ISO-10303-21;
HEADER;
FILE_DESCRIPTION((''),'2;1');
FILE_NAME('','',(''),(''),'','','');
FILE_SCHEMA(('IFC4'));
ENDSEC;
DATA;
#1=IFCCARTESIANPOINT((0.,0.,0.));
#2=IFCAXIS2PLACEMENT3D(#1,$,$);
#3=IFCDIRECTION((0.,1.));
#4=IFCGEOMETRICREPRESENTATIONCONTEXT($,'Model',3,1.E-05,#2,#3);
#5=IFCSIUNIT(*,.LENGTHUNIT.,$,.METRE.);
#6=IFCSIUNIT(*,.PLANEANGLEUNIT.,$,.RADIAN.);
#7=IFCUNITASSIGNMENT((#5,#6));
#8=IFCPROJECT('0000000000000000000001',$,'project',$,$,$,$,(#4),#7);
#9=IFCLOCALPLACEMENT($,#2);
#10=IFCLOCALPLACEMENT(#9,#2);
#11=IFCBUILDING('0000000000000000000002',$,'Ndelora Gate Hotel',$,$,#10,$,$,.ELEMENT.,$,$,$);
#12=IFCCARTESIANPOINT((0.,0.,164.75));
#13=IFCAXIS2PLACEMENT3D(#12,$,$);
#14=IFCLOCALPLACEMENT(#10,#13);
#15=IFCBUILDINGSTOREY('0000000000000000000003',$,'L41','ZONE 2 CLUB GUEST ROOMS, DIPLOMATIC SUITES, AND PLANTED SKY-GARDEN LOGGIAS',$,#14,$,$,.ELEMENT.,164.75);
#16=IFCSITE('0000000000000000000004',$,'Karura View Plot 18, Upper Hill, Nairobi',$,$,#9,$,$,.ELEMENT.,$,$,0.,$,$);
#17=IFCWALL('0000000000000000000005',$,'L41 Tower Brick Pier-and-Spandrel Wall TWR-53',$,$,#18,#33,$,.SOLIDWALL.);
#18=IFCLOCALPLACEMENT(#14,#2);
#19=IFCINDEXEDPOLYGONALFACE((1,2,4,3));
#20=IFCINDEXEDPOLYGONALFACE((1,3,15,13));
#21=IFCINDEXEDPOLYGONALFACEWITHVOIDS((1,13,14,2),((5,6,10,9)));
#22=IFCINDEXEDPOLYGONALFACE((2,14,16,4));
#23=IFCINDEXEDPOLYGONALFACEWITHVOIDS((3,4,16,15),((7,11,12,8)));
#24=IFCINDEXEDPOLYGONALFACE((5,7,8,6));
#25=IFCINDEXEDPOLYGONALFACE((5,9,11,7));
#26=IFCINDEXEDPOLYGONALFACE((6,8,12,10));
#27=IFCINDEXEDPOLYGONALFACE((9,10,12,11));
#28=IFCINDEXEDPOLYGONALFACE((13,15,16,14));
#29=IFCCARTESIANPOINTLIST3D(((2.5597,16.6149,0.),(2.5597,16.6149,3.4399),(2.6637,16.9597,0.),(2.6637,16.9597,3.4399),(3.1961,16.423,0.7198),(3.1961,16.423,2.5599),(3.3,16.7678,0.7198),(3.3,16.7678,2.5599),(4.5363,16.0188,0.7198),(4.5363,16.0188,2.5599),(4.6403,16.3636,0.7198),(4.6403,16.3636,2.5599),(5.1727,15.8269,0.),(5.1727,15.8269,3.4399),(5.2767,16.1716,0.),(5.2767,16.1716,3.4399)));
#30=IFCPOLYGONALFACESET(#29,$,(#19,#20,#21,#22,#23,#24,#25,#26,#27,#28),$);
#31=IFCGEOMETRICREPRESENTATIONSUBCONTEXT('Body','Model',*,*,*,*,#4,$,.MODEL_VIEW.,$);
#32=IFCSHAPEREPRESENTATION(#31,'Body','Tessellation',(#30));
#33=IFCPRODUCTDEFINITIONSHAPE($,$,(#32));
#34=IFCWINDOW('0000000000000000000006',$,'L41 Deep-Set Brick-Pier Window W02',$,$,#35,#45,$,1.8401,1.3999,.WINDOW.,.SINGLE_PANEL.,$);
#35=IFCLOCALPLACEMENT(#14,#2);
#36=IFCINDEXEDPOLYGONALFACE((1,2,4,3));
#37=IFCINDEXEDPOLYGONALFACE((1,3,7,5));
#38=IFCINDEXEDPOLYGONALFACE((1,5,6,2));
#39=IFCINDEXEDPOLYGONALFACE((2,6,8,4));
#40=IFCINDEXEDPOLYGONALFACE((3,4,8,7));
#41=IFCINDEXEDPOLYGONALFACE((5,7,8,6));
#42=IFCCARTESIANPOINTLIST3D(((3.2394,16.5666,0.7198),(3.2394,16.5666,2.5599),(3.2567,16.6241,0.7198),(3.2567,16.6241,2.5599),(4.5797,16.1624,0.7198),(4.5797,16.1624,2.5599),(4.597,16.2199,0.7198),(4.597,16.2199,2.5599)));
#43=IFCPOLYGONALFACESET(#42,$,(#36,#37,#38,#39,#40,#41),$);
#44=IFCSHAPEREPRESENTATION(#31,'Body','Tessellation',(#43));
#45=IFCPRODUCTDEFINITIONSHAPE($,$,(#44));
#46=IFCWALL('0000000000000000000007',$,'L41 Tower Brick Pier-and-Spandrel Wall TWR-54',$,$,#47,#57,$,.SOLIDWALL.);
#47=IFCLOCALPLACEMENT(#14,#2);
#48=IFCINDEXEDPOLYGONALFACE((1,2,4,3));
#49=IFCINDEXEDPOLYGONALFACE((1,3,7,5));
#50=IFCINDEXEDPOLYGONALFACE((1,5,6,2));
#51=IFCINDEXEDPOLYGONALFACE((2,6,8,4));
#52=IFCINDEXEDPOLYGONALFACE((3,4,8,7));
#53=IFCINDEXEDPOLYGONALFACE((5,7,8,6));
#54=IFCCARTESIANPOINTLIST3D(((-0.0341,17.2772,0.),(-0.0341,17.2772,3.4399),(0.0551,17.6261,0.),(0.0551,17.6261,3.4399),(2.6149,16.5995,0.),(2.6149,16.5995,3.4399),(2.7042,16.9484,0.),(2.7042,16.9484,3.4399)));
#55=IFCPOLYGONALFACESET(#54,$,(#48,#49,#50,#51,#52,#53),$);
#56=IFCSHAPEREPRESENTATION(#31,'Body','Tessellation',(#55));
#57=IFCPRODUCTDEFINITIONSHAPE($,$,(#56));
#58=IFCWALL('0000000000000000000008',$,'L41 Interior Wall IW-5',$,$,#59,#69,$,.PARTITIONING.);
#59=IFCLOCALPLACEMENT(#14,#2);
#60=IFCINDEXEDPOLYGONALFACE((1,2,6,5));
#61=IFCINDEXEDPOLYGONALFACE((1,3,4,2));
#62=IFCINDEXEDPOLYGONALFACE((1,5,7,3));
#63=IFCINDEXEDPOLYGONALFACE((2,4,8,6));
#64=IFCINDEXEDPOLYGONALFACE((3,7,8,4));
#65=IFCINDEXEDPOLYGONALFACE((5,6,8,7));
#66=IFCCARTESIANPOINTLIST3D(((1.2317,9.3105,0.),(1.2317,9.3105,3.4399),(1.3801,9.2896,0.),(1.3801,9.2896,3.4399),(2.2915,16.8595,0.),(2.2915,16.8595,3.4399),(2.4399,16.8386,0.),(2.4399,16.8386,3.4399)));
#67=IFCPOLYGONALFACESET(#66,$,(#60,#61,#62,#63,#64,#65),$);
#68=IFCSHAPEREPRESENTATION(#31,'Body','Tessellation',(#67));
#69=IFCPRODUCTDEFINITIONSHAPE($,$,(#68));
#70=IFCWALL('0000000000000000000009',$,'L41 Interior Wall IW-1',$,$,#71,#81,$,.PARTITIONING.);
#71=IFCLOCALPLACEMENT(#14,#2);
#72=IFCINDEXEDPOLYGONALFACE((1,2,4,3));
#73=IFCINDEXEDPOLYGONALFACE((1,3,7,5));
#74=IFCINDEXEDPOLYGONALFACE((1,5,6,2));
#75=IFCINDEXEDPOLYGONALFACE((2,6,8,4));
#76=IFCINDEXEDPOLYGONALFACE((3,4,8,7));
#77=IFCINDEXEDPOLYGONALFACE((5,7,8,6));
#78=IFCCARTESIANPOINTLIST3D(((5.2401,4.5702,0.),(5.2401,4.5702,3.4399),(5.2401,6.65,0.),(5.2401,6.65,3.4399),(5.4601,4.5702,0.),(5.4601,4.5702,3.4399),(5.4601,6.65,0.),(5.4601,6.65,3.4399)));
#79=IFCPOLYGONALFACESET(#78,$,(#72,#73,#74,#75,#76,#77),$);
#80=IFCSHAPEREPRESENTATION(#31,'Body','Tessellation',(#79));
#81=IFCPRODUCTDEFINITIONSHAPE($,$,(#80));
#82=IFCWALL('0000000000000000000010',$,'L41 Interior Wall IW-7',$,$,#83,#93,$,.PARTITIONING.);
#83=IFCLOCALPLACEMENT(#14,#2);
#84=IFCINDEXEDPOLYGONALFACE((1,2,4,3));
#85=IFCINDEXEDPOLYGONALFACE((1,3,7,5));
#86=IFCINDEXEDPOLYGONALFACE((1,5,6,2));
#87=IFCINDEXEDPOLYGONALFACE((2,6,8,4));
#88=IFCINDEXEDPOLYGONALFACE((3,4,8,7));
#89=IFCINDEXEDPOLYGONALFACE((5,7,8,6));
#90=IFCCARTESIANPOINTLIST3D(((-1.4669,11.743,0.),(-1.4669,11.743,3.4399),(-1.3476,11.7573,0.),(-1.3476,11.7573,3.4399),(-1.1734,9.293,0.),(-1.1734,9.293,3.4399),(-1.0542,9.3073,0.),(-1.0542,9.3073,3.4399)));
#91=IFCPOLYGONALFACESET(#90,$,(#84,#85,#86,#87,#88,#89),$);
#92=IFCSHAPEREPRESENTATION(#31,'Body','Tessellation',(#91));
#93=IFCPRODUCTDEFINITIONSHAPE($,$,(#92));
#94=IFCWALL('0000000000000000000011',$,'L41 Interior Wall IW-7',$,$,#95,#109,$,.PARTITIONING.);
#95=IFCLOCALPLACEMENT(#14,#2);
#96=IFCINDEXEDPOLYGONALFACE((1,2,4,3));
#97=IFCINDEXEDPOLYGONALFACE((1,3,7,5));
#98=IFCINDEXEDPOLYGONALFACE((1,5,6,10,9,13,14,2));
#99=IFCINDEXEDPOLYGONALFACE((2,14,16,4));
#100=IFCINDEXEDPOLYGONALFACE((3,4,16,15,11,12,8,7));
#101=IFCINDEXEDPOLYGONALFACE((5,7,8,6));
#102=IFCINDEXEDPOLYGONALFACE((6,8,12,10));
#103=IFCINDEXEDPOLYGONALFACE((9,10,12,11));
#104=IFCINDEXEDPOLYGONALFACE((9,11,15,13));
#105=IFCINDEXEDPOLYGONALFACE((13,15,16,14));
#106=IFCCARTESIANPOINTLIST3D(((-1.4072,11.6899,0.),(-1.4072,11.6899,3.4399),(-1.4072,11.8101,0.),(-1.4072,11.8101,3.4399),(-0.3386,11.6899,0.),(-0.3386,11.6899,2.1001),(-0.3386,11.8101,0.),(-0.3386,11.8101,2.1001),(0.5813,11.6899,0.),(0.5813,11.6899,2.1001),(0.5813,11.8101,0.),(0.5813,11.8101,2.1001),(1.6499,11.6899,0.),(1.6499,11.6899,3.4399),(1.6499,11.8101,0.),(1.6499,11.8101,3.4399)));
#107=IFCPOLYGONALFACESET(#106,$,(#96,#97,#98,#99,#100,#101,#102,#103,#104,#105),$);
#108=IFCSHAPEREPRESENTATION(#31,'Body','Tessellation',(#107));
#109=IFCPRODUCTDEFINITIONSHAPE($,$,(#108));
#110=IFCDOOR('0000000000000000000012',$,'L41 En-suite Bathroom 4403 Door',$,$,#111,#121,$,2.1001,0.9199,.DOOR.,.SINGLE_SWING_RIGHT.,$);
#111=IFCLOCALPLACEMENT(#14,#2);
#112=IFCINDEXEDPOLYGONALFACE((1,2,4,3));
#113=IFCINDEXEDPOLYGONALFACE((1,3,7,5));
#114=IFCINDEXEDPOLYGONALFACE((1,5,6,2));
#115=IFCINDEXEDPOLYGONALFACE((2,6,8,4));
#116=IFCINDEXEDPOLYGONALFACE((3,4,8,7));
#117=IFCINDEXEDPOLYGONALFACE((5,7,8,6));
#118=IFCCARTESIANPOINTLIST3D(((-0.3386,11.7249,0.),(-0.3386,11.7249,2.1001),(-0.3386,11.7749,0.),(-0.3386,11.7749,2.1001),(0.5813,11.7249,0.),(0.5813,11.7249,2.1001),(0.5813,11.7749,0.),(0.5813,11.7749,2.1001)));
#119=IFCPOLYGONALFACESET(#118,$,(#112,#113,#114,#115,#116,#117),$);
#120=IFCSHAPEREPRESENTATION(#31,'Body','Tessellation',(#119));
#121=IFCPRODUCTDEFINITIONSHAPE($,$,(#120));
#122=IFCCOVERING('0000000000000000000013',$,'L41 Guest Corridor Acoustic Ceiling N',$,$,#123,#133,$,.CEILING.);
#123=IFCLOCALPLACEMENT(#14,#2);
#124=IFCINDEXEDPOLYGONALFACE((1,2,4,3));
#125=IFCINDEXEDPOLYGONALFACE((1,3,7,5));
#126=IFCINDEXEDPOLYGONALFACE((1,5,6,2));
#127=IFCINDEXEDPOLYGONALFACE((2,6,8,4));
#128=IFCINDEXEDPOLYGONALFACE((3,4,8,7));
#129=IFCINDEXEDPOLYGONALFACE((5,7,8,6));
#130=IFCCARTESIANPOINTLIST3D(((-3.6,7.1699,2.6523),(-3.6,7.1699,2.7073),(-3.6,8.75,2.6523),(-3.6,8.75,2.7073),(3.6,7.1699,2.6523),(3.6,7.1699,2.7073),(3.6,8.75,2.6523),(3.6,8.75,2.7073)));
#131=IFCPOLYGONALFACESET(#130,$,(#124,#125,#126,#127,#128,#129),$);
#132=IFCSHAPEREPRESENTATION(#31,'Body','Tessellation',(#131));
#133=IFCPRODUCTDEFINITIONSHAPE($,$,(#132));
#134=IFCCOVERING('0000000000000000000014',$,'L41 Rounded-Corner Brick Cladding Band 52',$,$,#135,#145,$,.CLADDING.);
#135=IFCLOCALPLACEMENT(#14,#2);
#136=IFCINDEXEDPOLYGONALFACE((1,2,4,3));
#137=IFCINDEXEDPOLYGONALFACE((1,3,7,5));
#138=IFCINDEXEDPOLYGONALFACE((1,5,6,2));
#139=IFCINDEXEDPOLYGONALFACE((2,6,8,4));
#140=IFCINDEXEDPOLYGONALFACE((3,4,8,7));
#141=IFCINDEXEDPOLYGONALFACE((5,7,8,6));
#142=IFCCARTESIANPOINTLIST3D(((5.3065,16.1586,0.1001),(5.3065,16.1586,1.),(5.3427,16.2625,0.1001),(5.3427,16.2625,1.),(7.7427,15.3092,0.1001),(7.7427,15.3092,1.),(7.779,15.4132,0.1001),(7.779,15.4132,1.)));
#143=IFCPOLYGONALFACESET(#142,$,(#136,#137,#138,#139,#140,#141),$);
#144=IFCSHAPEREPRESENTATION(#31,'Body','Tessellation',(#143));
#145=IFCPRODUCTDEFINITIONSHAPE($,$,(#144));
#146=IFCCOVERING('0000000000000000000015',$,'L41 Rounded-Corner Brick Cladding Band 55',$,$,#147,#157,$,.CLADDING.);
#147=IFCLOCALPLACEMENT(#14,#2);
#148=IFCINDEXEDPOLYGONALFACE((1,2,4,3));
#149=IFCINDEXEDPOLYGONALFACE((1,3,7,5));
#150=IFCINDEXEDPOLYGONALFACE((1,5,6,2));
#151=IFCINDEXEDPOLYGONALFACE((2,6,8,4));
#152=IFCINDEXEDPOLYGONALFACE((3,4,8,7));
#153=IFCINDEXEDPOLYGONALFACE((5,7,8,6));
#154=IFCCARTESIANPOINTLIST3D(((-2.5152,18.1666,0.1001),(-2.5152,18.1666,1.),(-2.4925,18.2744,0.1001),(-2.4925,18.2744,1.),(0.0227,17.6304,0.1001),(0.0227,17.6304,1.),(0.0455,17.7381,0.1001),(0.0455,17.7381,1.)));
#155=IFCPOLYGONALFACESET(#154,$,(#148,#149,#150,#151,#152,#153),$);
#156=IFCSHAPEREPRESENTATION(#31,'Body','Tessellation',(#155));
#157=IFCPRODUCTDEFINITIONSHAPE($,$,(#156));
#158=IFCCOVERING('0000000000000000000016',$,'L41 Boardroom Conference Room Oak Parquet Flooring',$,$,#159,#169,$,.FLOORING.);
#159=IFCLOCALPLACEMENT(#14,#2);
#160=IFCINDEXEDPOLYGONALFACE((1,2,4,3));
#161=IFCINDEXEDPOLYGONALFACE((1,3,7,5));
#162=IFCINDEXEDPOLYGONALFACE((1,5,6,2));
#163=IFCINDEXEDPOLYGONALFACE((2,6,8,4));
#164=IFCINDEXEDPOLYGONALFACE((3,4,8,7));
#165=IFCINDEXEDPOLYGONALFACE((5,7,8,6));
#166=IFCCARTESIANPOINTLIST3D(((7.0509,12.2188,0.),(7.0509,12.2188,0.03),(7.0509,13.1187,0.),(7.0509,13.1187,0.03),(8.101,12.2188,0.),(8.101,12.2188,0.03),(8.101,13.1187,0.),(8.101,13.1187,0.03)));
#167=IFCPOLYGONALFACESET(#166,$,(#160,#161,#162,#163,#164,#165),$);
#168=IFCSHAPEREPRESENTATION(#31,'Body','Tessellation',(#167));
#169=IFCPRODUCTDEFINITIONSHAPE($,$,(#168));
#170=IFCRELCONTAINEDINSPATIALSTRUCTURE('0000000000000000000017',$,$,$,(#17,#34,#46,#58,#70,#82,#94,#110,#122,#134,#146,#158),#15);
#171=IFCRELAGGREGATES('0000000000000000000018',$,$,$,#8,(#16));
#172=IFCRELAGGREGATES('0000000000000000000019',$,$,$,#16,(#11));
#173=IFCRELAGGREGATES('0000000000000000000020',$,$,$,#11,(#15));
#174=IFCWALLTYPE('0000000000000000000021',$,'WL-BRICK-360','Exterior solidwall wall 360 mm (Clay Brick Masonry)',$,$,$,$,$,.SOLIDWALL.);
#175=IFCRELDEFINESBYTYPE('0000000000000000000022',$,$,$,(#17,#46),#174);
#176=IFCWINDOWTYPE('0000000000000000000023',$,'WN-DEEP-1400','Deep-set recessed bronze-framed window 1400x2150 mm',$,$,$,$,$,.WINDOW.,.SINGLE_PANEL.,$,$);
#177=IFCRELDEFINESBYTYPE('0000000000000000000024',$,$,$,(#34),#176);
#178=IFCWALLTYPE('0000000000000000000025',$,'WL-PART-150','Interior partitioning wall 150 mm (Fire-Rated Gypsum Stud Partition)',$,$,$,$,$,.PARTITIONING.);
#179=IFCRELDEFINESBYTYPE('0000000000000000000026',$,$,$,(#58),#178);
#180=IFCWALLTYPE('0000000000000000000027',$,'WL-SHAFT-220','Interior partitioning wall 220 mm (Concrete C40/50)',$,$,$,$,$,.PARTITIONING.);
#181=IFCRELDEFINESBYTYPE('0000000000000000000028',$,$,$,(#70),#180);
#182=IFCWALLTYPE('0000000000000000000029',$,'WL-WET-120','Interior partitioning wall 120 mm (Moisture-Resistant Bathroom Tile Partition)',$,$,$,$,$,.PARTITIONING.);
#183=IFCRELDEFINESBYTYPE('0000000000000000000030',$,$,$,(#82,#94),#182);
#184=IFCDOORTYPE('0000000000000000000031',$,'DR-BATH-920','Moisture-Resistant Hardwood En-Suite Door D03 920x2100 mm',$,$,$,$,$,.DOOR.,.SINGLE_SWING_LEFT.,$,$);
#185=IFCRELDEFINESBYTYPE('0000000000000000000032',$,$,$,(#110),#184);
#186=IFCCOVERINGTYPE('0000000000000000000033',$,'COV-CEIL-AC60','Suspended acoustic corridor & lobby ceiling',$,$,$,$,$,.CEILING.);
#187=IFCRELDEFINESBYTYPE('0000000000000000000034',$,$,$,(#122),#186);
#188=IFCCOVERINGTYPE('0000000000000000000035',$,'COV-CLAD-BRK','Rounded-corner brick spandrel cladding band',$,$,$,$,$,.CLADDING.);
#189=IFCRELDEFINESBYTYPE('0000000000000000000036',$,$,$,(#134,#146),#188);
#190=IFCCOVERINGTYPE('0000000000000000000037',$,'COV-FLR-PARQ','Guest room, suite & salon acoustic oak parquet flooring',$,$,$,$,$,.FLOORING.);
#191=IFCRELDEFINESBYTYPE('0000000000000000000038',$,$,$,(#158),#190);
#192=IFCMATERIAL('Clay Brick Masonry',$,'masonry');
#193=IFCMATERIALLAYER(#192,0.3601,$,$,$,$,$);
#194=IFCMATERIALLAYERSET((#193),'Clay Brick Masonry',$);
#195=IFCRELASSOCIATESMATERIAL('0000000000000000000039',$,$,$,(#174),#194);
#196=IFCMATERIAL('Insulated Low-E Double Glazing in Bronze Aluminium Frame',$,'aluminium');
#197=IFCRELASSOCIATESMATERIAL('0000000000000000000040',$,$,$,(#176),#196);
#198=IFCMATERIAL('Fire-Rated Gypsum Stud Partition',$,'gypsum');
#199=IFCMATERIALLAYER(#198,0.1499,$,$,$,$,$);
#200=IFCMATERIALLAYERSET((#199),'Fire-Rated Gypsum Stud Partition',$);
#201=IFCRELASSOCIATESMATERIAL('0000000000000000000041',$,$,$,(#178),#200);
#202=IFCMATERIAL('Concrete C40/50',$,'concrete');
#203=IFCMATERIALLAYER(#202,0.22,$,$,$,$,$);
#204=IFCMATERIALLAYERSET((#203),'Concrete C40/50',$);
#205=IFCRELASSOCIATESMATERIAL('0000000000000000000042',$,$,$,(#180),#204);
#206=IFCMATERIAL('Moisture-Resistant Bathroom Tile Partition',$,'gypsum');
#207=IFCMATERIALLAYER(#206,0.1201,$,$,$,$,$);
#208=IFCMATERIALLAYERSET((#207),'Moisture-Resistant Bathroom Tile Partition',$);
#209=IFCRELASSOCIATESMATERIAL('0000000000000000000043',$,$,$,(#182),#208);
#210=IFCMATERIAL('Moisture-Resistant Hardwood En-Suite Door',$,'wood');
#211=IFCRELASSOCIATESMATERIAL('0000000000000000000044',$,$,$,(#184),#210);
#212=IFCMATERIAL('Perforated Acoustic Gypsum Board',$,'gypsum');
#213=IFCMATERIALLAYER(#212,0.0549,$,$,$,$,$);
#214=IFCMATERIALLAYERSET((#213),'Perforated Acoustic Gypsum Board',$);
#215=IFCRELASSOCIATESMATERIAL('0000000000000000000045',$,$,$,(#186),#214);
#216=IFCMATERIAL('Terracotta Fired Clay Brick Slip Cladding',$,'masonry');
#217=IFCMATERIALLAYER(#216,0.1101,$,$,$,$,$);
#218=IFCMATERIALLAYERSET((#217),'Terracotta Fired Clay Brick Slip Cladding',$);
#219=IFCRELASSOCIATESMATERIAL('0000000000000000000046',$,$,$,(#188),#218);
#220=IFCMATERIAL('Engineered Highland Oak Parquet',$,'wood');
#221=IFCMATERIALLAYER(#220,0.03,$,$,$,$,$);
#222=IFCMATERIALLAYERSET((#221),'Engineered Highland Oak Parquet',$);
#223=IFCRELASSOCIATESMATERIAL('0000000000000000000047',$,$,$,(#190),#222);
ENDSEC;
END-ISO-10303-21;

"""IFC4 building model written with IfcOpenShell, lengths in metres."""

from ifc_helpers import new_model, si_unit, direction, frame, frame_2d, origin, origin_2d, place, context, subcontext, project, spatial, rectangle, extrude, material, layer, layer_set, type_object, element, fill, save


model = new_model("IFC4")

# Units and contexts
model_context = context("Model", 3, precision=1e-05, world=origin(), true_north=direction((0.0, 1.0)))
body_context = subcontext(model_context, "Body", "Model", "MODEL_VIEW")
ifc_project = project(units=[si_unit("LENGTHUNIT", "METRE"), si_unit("PLANEANGLEUNIT", "RADIAN")], contexts=[model_context])

# Site, building, storey
site_placement = place(None, origin())
site = spatial("IfcSite", under=ifc_project, at=site_placement, Name="Karura View Plot 18, Upper Hill, Nairobi", CompositionType="ELEMENT", RefElevation=0.0)
building_placement = place(site_placement, origin())
building = spatial("IfcBuilding", under=site, at=building_placement, Name="Ndelora Gate Hotel", CompositionType="ELEMENT")
storey_placement = place(building_placement, frame((0.0, 0.0, 164.75)))
storey = spatial("IfcBuildingStorey", under=building, at=storey_placement, Name="L41", Description="ZONE 2 CLUB GUEST ROOMS, DIPLOMATIC SUITES, AND PLANTED SKY-GARDEN LOGGIAS", CompositionType="ELEMENT", Elevation=164.75)

# Shared definitions
ifc_material_1 = material(Name="Clay Brick Masonry", Category="masonry")
ifc_layer_1 = layer(ifc_material_1, 0.3601)
ifc_layer_set_1 = layer_set([ifc_layer_1], Name="Clay Brick Masonry")
wall_type_1 = type_object("IfcWallType", Name="WL-BRICK-360", Description="Exterior solidwall wall 360 mm (Clay Brick Masonry)", PredefinedType="SOLIDWALL", material=ifc_layer_set_1)

# Wall, opening, window
ifc_material_2 = material(Name="Insulated Low-E Double Glazing in Bronze Aluminium Frame", Category="aluminium")
window_type = type_object("IfcWindowType", Name="WN-DEEP-1400", Description="Deep-set recessed bronze-framed window 1400x2150 mm", PartitioningType="SINGLE_PANEL", PredefinedType="WINDOW", material=ifc_material_2)
wall_1_placement = place(storey_placement, frame((2.6116, 16.7874, 0.0), z_axis=(0.0, 0.0, 1.0), x_axis=(0.957404, -0.288751, 0.0)))
wall_1 = element("IfcWall", 1, at=wall_1_placement, inside=storey, type_object=wall_type_1, Name="L41 Tower Brick Pier-and-Spandrel Wall TWR-53", PredefinedType="SOLIDWALL", context=body_context, shape_type="SweptSolid", body=[
    extrude(rectangle(XDim=2.7292, YDim=0.3601, at=frame_2d((1.3647, 0.0))), origin(), (0.0, 0.0, 1.0), 3.4399),
])
opening_1_placement = place(wall_1_placement, frame((0.6648, 0.0, 0.72)))
opening_1 = element("IfcOpeningElement", 2, at=opening_1_placement, cuts=wall_1, PredefinedType="OPENING", context=body_context, shape_type="SweptSolid", body=[
    extrude(rectangle(XDim=1.3999, YDim=1.8401, at=frame_2d((0.7, 0.9199))), frame((0.0, 0.1899, 0.0), z_axis=(0.0, -1.0, 0.0), x_axis=(1.0, 0.0, 0.0)), (0.0, 0.0, 1.0), 0.3801),
])
window_1_placement = place(opening_1_placement, origin())
window_1 = element("IfcWindow", 3, at=window_1_placement, inside=storey, type_object=window_type, Name="L41 Deep-Set Brick-Pier Window W02", OverallHeight=1.8401, OverallWidth=1.3999, PartitioningType="SINGLE_PANEL", PredefinedType="WINDOW", context=body_context, shape_type="SweptSolid", body=[
    extrude(rectangle(XDim=1.3999, YDim=1.8401, at=frame_2d((0.7, 0.9199))), frame((0.0, 0.03, 0.0), z_axis=(0.0, -1.0, 0.0), x_axis=(1.0, 0.0, 0.0)), (0.0, 0.0, 1.0), 0.0601),
])
fill(opening_1, window_1)

# Walls
wall_2_placement = place(storey_placement, frame((0.0105, 17.4517, 0.0), z_axis=(0.0, 0.0, 1.0), x_axis=(0.968799, -0.247847, 0.0)))
element("IfcWall", 4, at=wall_2_placement, inside=storey, type_object=wall_type_1, Name="L41 Tower Brick Pier-and-Spandrel Wall TWR-54", PredefinedType="SOLIDWALL", context=body_context, shape_type="SweptSolid", body=[
    extrude(rectangle(XDim=2.7344, YDim=0.3601, at=frame_2d((1.3672, 0.0))), origin(), (0.0, 0.0, 1.0), 3.4399),
])
ifc_material_3 = material(Name="Fire-Rated Gypsum Stud Partition", Category="gypsum")
ifc_layer_2 = layer(ifc_material_3, 0.1499)
ifc_layer_set_2 = layer_set([ifc_layer_2], Name="Fire-Rated Gypsum Stud Partition")
wall_type_2 = type_object("IfcWallType", Name="WL-PART-150", Description="Interior partitioning wall 150 mm (Fire-Rated Gypsum Stud Partition)", PredefinedType="PARTITIONING", material=ifc_layer_set_2)
wall_3_placement = place(storey_placement, frame((1.3059, 9.3, 0.0), z_axis=(0.0, 0.0, 1.0), x_axis=(0.139027, 0.990289, 0.0)))
element("IfcWall", 5, at=wall_3_placement, inside=storey, type_object=wall_type_2, Name="L41 Interior Wall IW-5", PredefinedType="PARTITIONING", context=body_context, shape_type="SweptSolid", body=[
    extrude(rectangle(XDim=7.623, YDim=0.1499, at=frame_2d((3.8115, 0.0))), origin(), (0.0, 0.0, 1.0), 3.4399),
])
ifc_material_4 = material(Name="Concrete C40/50", Category="concrete")
ifc_layer_3 = layer(ifc_material_4, 0.22)
ifc_layer_set_3 = layer_set([ifc_layer_3], Name="Concrete C40/50")
wall_type_3 = type_object("IfcWallType", Name="WL-SHAFT-220", Description="Interior partitioning wall 220 mm (Concrete C40/50)", PredefinedType="PARTITIONING", material=ifc_layer_set_3)
wall_4_placement = place(storey_placement, frame((5.3501, 4.5701, 0.0), z_axis=(0.0, 0.0, 1.0), x_axis=(0.0, 1.0, 0.0)))
element("IfcWall", 6, at=wall_4_placement, inside=storey, type_object=wall_type_3, Name="L41 Interior Wall IW-1", PredefinedType="PARTITIONING", context=body_context, shape_type="SweptSolid", body=[
    extrude(rectangle(XDim=2.0798, YDim=0.22, at=frame_2d((1.04, 0.0))), origin(), (0.0, 0.0, 1.0), 3.4399),
])
ifc_material_5 = material(Name="Moisture-Resistant Bathroom Tile Partition", Category="gypsum")
ifc_layer_4 = layer(ifc_material_5, 0.1201)
ifc_layer_set_4 = layer_set([ifc_layer_4], Name="Moisture-Resistant Bathroom Tile Partition")
wall_type_4 = type_object("IfcWallType", Name="WL-WET-120", Description="Interior partitioning wall 120 mm (Moisture-Resistant Bathroom Tile Partition)", PredefinedType="PARTITIONING", material=ifc_layer_set_4)
wall_5_placement = place(storey_placement, frame((-1.1138, 9.3, 0.0), z_axis=(0.0, 0.0, 1.0), x_axis=(-0.118931, 0.992903, 0.0)))
element("IfcWall", 7, at=wall_5_placement, inside=storey, type_object=wall_type_4, Name="L41 Interior Wall IW-7", PredefinedType="PARTITIONING", context=body_context, shape_type="SweptSolid", body=[
    extrude(rectangle(XDim=2.4675, YDim=0.1201, at=frame_2d((1.2339, 0.0))), origin(), (0.0, 0.0, 1.0), 3.4399),
])

# Wall, opening, door
wall_6_placement = place(storey_placement, frame((-1.4072, 11.75, 0.0), z_axis=(0.0, 0.0, 1.0), x_axis=(1.0, 0.0, 0.0)))
wall_6 = element("IfcWall", 8, at=wall_6_placement, inside=storey, type_object=wall_type_4, Name="L41 Interior Wall IW-7", PredefinedType="PARTITIONING", context=body_context, shape_type="SweptSolid", body=[
    extrude(rectangle(XDim=3.0571, YDim=0.1201, at=frame_2d((1.5286, 0.0))), origin(), (0.0, 0.0, 1.0), 3.4399),
])
opening_2_placement = place(wall_6_placement, frame((1.0686, 0.0, 0.0)))
opening_2 = element("IfcOpeningElement", 9, at=opening_2_placement, cuts=wall_6, PredefinedType="OPENING", context=body_context, shape_type="SweptSolid", body=[
    extrude(rectangle(XDim=0.9199, YDim=2.1001, at=frame_2d((0.46, 1.05))), frame((0.0, 0.0701, 0.0), z_axis=(0.0, -1.0, 0.0), x_axis=(1.0, 0.0, 0.0)), (0.0, 0.0, 1.0), 0.1401),
])
ifc_material_6 = material(Name="Moisture-Resistant Hardwood En-Suite Door", Category="wood")
door_type = type_object("IfcDoorType", Name="DR-BATH-920", Description="Moisture-Resistant Hardwood En-Suite Door D03 920x2100 mm", OperationType="SINGLE_SWING_LEFT", PredefinedType="DOOR", material=ifc_material_6)
door_placement = place(opening_2_placement, origin())
door = element("IfcDoor", 10, at=door_placement, inside=storey, type_object=door_type, Name="L41 En-suite Bathroom 4403 Door", OperationType="SINGLE_SWING_RIGHT", OverallHeight=2.1001, OverallWidth=0.9199, PredefinedType="DOOR", context=body_context, shape_type="SweptSolid", body=[
    extrude(rectangle(XDim=0.9199, YDim=2.1001, at=frame_2d((0.46, 1.05))), frame((0.0, 0.0249, 0.0), z_axis=(0.0, -1.0, 0.0), x_axis=(1.0, 0.0, 0.0)), (0.0, 0.0, 1.0), 0.05),
])
fill(opening_2, door)

# Coverings
ifc_material_7 = material(Name="Perforated Acoustic Gypsum Board", Category="gypsum")
ifc_layer_5 = layer(ifc_material_7, 0.0549)
ifc_layer_set_5 = layer_set([ifc_layer_5], Name="Perforated Acoustic Gypsum Board")
covering_type_1 = type_object("IfcCoveringType", Name="COV-CEIL-AC60", Description="Suspended acoustic corridor & lobby ceiling", PredefinedType="CEILING", material=ifc_layer_set_5)
covering_1_placement = place(storey_placement, frame((0.0, 7.96, 2.6523), z_axis=(0.0, 0.0, 1.0), x_axis=(1.0, 0.0, 0.0)))
element("IfcCovering", 11, at=covering_1_placement, inside=storey, type_object=covering_type_1, Name="L41 Guest Corridor Acoustic Ceiling N", PredefinedType="CEILING", context=body_context, shape_type="SweptSolid", body=[
    extrude(rectangle(XDim=7.2, YDim=1.5801, at=origin_2d()), origin(), (0.0, 0.0, 1.0), 0.0549),
])
ifc_material_8 = material(Name="Terracotta Fired Clay Brick Slip Cladding", Category="masonry")
ifc_layer_6 = layer(ifc_material_8, 0.1101)
ifc_layer_set_6 = layer_set([ifc_layer_6], Name="Terracotta Fired Clay Brick Slip Cladding")
covering_type_2 = type_object("IfcCoveringType", Name="COV-CLAD-BRK", Description="Rounded-corner brick spandrel cladding band", PredefinedType="CLADDING", material=ifc_layer_set_6)
covering_2_placement = place(storey_placement, frame((6.5427, 15.7859, 0.1001), z_axis=(0.0, 0.0, 1.0), x_axis=(-0.944262, 0.329196, 0.0)))
element("IfcCovering", 12, at=covering_2_placement, inside=storey, type_object=covering_type_2, Name="L41 Rounded-Corner Brick Cladding Band 52", PredefinedType="CLADDING", context=body_context, shape_type="SweptSolid", body=[
    extrude(rectangle(XDim=2.5801, YDim=0.1101, at=origin_2d()), origin(), (0.0, 0.0, 1.0), 0.8999),
])
covering_3_placement = place(storey_placement, frame((-1.2349, 17.9524, 0.1001), z_axis=(0.0, 0.0, 1.0), x_axis=(-0.978401, 0.206717, 0.0)))
element("IfcCovering", 13, at=covering_3_placement, inside=storey, type_object=covering_type_2, Name="L41 Rounded-Corner Brick Cladding Band 55", PredefinedType="CLADDING", context=body_context, shape_type="SweptSolid", body=[
    extrude(rectangle(XDim=2.594, YDim=0.1101, at=origin_2d()), origin(), (0.0, 0.0, 1.0), 0.8999),
])
ifc_material_9 = material(Name="Engineered Highland Oak Parquet", Category="wood")
ifc_layer_7 = layer(ifc_material_9, 0.03)
ifc_layer_set_7 = layer_set([ifc_layer_7], Name="Engineered Highland Oak Parquet")
covering_type_3 = type_object("IfcCoveringType", Name="COV-FLR-PARQ", Description="Guest room, suite & salon acoustic oak parquet flooring", PredefinedType="FLOORING", material=ifc_layer_set_7)
covering_4_placement = place(storey_placement, frame((7.5759, 12.6687, 0.0), z_axis=(0.0, 0.0, 1.0), x_axis=(1.0, 0.0, 0.0)))
element("IfcCovering", 14, at=covering_4_placement, inside=storey, type_object=covering_type_3, Name="L41 Boardroom Conference Room Oak Parquet Flooring", PredefinedType="FLOORING", context=body_context, shape_type="SweptSolid", body=[
    extrude(rectangle(XDim=1.05, YDim=0.8999, at=origin_2d()), origin(), (0.0, 0.0, 1.0), 0.03),
])

save(model, "model.ifc")
